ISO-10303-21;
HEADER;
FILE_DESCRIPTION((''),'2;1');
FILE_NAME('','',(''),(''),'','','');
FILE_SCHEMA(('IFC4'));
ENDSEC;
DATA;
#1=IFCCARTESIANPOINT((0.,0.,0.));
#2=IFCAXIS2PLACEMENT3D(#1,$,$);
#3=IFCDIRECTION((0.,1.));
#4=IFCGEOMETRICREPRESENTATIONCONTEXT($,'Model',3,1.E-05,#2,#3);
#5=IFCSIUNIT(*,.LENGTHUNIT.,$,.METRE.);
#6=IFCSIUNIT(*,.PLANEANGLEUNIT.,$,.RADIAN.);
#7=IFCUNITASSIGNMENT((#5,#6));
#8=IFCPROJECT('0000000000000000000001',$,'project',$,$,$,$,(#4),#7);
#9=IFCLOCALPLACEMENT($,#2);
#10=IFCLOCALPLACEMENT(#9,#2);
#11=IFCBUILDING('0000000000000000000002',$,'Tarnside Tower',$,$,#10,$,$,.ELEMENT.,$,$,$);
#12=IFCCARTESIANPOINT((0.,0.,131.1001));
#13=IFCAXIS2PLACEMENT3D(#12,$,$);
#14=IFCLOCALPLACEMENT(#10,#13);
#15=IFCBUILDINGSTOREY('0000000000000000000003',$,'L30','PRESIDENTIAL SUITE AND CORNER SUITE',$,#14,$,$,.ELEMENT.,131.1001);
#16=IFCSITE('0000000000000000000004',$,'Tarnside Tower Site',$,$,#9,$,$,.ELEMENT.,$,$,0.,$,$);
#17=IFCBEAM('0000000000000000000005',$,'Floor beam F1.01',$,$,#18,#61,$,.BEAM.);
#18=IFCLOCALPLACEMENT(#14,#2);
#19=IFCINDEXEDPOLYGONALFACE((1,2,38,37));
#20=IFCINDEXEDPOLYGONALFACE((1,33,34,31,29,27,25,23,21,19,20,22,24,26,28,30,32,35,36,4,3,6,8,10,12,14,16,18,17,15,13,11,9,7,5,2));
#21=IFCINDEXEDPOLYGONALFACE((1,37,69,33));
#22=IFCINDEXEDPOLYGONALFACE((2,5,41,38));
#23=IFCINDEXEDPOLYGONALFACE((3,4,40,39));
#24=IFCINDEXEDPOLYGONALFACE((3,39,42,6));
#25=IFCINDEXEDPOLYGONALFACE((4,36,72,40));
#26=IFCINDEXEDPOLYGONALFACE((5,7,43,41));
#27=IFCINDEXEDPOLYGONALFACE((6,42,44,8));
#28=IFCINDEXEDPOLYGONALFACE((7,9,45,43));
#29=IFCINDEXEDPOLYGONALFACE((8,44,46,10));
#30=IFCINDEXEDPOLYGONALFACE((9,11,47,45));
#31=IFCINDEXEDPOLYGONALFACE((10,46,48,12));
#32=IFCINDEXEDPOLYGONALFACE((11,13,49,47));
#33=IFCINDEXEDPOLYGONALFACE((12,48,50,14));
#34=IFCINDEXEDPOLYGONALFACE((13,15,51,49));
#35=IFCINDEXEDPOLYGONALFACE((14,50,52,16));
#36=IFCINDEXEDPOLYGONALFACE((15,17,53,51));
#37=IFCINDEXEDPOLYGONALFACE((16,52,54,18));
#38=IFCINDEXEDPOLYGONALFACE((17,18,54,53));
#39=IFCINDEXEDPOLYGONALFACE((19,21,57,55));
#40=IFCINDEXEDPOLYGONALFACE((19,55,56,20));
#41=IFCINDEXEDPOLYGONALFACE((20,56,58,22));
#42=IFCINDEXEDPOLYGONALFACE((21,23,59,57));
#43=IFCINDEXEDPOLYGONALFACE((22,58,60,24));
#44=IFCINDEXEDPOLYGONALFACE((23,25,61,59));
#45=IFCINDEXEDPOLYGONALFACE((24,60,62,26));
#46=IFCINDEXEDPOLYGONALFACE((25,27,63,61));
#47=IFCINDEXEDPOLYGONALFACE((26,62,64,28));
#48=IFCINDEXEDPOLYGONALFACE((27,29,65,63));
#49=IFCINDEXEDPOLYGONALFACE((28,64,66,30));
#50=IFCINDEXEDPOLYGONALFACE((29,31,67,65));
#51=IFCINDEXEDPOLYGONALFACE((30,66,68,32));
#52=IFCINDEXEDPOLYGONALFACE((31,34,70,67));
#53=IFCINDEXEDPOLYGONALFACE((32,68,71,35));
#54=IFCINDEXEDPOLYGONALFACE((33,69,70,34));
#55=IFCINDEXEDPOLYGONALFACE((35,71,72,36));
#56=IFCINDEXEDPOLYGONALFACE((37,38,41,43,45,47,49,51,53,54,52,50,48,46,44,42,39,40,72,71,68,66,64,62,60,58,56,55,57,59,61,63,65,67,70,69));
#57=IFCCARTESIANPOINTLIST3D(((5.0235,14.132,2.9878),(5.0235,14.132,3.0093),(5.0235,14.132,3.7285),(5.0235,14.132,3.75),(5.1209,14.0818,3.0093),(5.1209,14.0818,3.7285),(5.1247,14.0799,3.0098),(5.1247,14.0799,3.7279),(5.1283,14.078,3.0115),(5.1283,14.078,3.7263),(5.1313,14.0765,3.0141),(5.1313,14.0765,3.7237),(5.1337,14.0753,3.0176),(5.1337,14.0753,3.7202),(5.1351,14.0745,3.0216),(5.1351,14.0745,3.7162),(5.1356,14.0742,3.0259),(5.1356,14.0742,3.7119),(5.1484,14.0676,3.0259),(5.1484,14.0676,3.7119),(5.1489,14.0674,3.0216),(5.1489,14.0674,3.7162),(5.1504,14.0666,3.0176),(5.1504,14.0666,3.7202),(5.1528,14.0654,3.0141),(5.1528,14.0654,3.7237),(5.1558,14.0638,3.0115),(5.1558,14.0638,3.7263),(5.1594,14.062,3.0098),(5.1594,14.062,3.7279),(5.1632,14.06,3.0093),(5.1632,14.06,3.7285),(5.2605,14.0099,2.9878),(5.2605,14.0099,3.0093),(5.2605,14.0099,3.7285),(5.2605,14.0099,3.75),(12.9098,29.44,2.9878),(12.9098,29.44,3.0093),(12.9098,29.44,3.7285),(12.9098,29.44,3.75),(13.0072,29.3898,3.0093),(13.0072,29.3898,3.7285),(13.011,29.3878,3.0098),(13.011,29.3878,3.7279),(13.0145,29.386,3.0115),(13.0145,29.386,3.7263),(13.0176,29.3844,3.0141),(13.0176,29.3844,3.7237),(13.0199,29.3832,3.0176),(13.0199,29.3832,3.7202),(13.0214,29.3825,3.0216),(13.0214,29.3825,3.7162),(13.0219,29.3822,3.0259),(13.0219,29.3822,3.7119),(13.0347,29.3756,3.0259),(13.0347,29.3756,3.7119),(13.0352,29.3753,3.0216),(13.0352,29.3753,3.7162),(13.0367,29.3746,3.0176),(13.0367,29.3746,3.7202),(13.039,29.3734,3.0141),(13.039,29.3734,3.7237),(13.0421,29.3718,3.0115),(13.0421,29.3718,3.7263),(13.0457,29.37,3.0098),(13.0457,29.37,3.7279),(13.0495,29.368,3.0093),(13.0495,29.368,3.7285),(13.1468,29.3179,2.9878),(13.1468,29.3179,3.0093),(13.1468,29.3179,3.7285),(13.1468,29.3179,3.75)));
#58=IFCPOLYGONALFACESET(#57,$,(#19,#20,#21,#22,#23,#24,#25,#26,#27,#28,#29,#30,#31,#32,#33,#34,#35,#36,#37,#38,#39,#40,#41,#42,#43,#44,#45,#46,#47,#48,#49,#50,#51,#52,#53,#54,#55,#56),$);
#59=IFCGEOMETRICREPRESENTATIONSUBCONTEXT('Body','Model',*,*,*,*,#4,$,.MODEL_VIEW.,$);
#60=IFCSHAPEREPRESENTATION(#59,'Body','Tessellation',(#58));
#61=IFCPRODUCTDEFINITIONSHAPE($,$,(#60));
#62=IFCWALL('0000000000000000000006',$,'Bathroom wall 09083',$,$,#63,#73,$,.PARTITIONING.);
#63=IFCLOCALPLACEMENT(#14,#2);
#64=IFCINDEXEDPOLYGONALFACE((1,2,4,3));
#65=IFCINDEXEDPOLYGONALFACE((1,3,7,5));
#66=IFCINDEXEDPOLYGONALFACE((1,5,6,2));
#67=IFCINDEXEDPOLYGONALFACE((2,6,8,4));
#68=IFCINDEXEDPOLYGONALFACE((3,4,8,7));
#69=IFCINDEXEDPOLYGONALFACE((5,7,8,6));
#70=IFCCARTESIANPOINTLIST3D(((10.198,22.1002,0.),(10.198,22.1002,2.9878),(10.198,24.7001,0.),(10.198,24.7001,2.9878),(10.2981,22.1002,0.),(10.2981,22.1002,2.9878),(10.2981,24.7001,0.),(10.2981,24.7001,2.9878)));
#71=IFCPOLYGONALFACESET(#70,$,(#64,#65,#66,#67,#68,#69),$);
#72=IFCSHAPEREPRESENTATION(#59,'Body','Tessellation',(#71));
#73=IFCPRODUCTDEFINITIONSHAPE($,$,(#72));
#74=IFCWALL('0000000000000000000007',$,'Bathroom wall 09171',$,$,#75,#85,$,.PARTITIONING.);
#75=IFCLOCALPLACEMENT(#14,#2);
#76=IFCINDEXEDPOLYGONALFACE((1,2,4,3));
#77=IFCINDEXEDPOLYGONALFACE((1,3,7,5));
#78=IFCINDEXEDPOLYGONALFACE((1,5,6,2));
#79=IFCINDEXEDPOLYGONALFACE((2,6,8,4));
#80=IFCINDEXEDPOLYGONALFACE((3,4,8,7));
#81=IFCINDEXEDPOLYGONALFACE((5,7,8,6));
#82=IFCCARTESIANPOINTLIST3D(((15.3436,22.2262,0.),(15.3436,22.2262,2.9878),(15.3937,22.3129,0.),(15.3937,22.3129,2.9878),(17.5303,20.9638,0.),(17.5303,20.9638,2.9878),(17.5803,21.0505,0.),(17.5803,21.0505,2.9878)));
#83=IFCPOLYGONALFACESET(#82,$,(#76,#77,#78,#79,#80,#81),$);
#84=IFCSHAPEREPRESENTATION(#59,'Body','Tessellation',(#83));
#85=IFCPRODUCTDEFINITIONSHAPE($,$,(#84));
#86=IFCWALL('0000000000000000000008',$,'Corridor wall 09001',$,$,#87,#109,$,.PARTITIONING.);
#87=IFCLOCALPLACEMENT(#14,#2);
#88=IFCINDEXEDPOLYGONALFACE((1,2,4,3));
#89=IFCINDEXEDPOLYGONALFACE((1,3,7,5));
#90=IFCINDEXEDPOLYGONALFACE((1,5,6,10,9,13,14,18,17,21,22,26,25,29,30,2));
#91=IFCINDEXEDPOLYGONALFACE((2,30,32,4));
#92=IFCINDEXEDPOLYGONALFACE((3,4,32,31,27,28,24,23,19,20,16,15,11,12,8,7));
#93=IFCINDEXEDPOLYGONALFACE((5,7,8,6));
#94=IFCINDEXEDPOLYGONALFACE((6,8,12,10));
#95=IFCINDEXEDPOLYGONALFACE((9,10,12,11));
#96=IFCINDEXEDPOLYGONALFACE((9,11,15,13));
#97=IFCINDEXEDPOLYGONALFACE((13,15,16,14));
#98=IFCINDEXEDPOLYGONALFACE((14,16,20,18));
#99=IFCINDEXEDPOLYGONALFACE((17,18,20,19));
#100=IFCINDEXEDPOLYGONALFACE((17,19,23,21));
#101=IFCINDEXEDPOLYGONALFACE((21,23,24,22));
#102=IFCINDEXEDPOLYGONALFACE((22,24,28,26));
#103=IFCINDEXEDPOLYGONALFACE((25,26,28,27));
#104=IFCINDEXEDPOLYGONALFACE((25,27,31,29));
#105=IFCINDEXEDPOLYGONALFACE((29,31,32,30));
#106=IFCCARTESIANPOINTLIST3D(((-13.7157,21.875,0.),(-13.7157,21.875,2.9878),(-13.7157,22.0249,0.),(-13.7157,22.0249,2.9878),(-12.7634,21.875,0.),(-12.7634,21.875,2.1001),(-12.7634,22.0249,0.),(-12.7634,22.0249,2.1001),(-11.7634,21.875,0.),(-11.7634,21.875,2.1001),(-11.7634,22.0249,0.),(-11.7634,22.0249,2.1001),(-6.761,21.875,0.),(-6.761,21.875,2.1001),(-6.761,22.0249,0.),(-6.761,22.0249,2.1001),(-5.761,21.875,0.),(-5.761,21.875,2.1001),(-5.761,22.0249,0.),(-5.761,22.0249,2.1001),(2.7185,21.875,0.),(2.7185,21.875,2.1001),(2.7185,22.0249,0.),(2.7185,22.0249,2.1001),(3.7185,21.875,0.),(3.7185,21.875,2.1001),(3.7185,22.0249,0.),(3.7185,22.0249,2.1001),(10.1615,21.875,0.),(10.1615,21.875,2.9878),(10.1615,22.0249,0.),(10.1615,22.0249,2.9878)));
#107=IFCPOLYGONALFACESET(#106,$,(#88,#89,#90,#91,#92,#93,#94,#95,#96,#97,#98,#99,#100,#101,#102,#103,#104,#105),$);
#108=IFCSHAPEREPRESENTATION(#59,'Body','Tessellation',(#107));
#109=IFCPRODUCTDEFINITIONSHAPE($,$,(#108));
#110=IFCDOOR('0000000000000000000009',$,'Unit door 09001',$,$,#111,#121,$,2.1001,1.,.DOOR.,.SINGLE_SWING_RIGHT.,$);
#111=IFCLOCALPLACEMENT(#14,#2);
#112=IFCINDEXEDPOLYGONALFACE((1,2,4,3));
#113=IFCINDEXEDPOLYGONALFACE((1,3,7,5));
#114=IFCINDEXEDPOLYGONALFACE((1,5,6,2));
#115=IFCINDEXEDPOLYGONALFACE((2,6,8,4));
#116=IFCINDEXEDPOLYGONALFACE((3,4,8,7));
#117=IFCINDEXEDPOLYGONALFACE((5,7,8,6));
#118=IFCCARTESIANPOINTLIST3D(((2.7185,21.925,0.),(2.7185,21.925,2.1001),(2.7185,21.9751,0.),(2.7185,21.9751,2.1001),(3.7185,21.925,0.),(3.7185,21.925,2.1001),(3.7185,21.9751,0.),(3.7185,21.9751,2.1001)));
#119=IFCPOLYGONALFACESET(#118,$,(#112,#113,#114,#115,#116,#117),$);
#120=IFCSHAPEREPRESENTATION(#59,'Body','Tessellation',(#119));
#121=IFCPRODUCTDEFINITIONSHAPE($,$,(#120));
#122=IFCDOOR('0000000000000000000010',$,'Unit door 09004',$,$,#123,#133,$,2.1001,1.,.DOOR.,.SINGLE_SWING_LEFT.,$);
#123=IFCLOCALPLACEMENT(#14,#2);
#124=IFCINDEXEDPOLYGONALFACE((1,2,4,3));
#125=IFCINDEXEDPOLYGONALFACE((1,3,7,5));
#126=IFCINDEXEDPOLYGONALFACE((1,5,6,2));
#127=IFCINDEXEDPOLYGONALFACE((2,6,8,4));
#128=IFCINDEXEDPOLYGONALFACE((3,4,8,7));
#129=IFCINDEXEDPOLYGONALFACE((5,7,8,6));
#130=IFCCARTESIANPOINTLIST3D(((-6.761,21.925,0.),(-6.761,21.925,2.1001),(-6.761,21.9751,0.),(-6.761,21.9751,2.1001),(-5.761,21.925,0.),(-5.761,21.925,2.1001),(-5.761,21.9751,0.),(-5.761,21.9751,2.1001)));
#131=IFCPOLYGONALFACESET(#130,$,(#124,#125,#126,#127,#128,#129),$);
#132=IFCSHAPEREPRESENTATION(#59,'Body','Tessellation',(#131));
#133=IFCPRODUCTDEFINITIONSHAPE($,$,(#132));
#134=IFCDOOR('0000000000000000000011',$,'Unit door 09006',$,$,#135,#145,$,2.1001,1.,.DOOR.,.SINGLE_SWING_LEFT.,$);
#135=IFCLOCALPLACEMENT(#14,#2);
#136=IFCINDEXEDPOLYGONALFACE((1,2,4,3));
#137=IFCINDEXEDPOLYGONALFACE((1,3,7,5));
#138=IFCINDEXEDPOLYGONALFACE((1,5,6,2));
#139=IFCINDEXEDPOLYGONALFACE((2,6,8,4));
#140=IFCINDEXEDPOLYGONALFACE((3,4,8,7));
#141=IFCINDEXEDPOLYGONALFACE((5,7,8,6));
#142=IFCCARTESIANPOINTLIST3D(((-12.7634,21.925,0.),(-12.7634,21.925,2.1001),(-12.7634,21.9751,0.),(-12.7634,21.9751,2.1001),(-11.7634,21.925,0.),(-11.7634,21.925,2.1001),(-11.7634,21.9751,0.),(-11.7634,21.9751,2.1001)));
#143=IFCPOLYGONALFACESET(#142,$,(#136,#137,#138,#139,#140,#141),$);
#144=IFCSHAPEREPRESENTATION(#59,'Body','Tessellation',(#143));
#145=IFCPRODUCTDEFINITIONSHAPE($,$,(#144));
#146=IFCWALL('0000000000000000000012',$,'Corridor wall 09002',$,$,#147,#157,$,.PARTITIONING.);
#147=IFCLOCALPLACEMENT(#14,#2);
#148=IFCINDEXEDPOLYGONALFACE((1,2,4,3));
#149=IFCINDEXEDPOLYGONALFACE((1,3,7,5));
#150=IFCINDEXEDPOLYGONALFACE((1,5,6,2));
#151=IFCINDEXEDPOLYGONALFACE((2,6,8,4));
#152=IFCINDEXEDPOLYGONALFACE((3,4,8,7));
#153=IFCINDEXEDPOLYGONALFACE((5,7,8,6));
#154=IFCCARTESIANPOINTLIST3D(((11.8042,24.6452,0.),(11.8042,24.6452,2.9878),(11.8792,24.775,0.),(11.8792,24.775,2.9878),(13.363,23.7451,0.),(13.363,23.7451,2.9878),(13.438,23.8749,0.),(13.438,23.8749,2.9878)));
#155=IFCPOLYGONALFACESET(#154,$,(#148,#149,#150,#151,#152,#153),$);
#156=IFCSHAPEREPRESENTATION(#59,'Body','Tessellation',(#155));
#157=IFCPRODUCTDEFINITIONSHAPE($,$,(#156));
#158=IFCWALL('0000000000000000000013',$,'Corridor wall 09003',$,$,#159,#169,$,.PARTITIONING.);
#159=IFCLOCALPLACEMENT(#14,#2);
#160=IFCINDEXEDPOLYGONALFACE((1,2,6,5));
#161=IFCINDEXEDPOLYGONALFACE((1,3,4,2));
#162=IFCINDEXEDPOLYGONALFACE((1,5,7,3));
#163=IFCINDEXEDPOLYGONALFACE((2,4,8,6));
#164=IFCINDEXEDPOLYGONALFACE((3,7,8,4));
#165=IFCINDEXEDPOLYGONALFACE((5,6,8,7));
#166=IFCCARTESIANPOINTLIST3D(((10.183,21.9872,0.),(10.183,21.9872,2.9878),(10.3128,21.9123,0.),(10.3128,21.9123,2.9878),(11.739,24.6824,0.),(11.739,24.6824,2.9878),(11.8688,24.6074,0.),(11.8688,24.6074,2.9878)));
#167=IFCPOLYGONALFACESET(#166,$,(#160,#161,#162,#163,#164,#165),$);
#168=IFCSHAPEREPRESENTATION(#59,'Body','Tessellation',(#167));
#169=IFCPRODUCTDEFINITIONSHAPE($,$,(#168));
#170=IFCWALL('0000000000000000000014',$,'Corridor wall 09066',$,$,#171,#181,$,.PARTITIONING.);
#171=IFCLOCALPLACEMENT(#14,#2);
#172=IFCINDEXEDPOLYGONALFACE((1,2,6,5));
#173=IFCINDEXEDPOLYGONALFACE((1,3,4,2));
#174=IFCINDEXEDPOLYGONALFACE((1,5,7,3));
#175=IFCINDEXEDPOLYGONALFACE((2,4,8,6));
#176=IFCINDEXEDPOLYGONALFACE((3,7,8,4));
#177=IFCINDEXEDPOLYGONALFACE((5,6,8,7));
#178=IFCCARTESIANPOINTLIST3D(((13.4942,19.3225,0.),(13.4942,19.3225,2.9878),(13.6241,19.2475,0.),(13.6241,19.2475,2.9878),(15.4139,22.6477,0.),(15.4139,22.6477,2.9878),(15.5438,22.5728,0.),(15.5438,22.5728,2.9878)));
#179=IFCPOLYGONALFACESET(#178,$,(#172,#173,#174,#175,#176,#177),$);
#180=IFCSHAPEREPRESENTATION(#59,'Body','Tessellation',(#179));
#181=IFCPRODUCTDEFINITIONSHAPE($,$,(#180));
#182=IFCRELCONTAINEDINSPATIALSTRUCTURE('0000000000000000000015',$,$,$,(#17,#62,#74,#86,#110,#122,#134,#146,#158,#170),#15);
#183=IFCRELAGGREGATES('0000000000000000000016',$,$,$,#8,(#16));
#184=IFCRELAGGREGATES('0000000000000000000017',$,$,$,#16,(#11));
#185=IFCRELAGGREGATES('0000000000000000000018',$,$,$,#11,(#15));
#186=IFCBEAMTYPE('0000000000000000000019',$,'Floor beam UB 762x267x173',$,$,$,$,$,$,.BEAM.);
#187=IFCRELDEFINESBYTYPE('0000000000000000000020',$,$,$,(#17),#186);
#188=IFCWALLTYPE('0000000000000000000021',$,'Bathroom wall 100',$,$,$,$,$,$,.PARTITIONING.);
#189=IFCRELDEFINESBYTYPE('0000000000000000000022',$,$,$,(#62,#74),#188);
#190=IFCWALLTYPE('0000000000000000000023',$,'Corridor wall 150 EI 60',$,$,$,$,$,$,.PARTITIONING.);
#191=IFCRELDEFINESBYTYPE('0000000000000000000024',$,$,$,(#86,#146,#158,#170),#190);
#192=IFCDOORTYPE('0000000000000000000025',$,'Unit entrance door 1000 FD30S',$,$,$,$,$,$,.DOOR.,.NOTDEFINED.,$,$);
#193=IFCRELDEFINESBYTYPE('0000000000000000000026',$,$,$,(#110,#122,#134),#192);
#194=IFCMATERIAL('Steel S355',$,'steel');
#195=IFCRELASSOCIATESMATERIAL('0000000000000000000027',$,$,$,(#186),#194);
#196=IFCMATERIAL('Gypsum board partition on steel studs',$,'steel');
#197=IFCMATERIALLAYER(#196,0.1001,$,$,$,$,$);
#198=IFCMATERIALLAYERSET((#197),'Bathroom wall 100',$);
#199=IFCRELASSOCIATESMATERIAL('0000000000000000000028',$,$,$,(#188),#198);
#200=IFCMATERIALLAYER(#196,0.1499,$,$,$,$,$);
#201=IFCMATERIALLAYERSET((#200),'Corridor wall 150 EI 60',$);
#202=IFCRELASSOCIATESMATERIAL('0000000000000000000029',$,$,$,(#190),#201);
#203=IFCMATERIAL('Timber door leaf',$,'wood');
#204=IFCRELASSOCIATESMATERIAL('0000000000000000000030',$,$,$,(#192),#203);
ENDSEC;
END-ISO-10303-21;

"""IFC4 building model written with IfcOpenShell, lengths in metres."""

from ifc_helpers import new_model, si_unit, direction, frame, frame_2d, origin, origin_2d, place, context, subcontext, project, spatial, rectangle, i_section, extrude, material, layer, layer_set, material_profile, profile_set, type_object, element, fill, save


model = new_model("IFC4")

# Units and contexts
model_context = context("Model", 3, precision=1e-05, world=origin(), true_north=direction((0.0, 1.0)))
body_context = subcontext(model_context, "Body", "Model", "MODEL_VIEW")
ifc_project = project(units=[si_unit("LENGTHUNIT", "METRE"), si_unit("PLANEANGLEUNIT", "RADIAN")], contexts=[model_context])

# Site, building, storey
site_placement = place(None, origin())
site = spatial("IfcSite", under=ifc_project, at=site_placement, Name="Tarnside Tower Site", CompositionType="ELEMENT", RefElevation=0.0)
building_placement = place(site_placement, origin())
building = spatial("IfcBuilding", under=site, at=building_placement, Name="Tarnside Tower", CompositionType="ELEMENT")
storey_placement = place(building_placement, frame((0.0, 0.0, 131.1001)))
storey = spatial("IfcBuildingStorey", under=building, at=storey_placement, Name="L30", Description="PRESIDENTIAL SUITE AND CORNER SUITE", CompositionType="ELEMENT", Elevation=131.1001)

# Beam
ifc_material_1 = material(Name="Steel S355", Category="steel")
ifc_material_profile = material_profile(ifc_material_1, i_section(OverallWidth=0.2666, OverallDepth=0.7622, WebThickness=0.0144, FlangeThickness=0.0215, FilletRadius=0.0166, at=origin_2d()), Name="UB 762x267x173")
ifc_profile_set = profile_set([ifc_material_profile], Name="Steel S355")
beam_type = type_object("IfcBeamType", Name="Floor beam UB 762x267x173", PredefinedType="BEAM", material=ifc_profile_set)
beam_placement = place(storey_placement, frame((13.0283, 29.3789, 3.3689), z_axis=(-0.457973, -0.888966, 0.0), x_axis=(0.888966, -0.457973, 0.0)))
element("IfcBeam", 1, at=beam_placement, inside=storey, type_object=beam_type, Name="Floor beam F1.01", PredefinedType="BEAM", context=body_context, shape_type="SweptSolid", body=[
    extrude(i_section(OverallWidth=0.2666, OverallDepth=0.7622, WebThickness=0.0144, FlangeThickness=0.0215, FilletRadius=0.0166, at=origin_2d()), origin(), (0.0, 0.0, 1.0), 17.22),
])

# Walls
ifc_material_2 = material(Name="Gypsum board partition on steel studs", Category="steel")
ifc_layer_1 = layer(ifc_material_2, 0.1001)
ifc_layer_set_1 = layer_set([ifc_layer_1], Name="Bathroom wall 100")
wall_type_1 = type_object("IfcWallType", Name="Bathroom wall 100", PredefinedType="PARTITIONING", material=ifc_layer_set_1)
wall_1_placement = place(storey_placement, frame((10.248, 24.7, 0.0), z_axis=(0.0, 0.0, 1.0), x_axis=(0.0, -1.0, 0.0)))
element("IfcWall", 2, at=wall_1_placement, inside=storey, type_object=wall_type_1, Name="Bathroom wall 09083", PredefinedType="PARTITIONING", context=body_context, shape_type="SweptSolid", body=[
    extrude(rectangle(XDim=2.5999, YDim=0.1001, at=frame_2d((1.2998, 0.0))), origin(), (0.0, 0.0, 1.0), 2.9878),
])
wall_2_placement = place(storey_placement, frame((15.3687, 22.2695, 0.0), z_axis=(0.0, 0.0, 1.0), x_axis=(0.866039, -0.499976, 0.0)))
element("IfcWall", 3, at=wall_2_placement, inside=storey, type_object=wall_type_1, Name="Bathroom wall 09171", PredefinedType="PARTITIONING", context=body_context, shape_type="SweptSolid", body=[
    extrude(rectangle(XDim=2.5249, YDim=0.1001, at=frame_2d((1.2625, 0.0))), origin(), (0.0, 0.0, 1.0), 2.9878),
])

# Wall, openings, doors
ifc_layer_2 = layer(ifc_material_2, 0.1499)
ifc_layer_set_2 = layer_set([ifc_layer_2], Name="Corridor wall 150 EI 60")
wall_type_2 = type_object("IfcWallType", Name="Corridor wall 150 EI 60", PredefinedType="PARTITIONING", material=ifc_layer_set_2)
wall_3_placement = place(storey_placement, frame((10.1614, 21.95, 0.0), z_axis=(0.0, 0.0, 1.0), x_axis=(-1.0, 0.0, 0.0)))
wall_3 = element("IfcWall", 4, at=wall_3_placement, inside=storey, type_object=wall_type_2, Name="Corridor wall 09001", PredefinedType="PARTITIONING", context=body_context, shape_type="SweptSolid", body=[
    extrude(rectangle(XDim=23.8772, YDim=0.1499, at=frame_2d((11.9385, 0.0))), origin(), (0.0, 0.0, 1.0), 2.9878),
])
opening_1_placement = place(wall_3_placement, frame((6.4429, 0.0, 0.0)))
opening_1 = element("IfcOpeningElement", 5, at=opening_1_placement, cuts=wall_3, PredefinedType="OPENING", context=body_context, shape_type="SweptSolid", body=[
    extrude(rectangle(XDim=1.0, YDim=2.1001, at=frame_2d((0.5, 1.05))), frame((0.0, 0.085, 0.0), z_axis=(0.0, -1.0, 0.0), x_axis=(1.0, 0.0, 0.0)), (0.0, 0.0, 1.0), 0.1699),
])
opening_2_placement = place(wall_3_placement, frame((15.9224, 0.0, 0.0)))
opening_2 = element("IfcOpeningElement", 6, at=opening_2_placement, cuts=wall_3, PredefinedType="OPENING", context=body_context, shape_type="SweptSolid", body=[
    extrude(rectangle(XDim=1.0, YDim=2.1001, at=frame_2d((0.5, 1.05))), frame((0.0, 0.085, 0.0), z_axis=(0.0, -1.0, 0.0), x_axis=(1.0, 0.0, 0.0)), (0.0, 0.0, 1.0), 0.1699),
])
opening_3_placement = place(wall_3_placement, frame((21.9248, 0.0, 0.0)))
opening_3 = element("IfcOpeningElement", 7, at=opening_3_placement, cuts=wall_3, PredefinedType="OPENING", context=body_context, shape_type="SweptSolid", body=[
    extrude(rectangle(XDim=1.0, YDim=2.1001, at=frame_2d((0.5, 1.05))), frame((0.0, 0.085, 0.0), z_axis=(0.0, -1.0, 0.0), x_axis=(1.0, 0.0, 0.0)), (0.0, 0.0, 1.0), 0.1699),
])
ifc_material_3 = material(Name="Timber door leaf", Category="wood")
door_type = type_object("IfcDoorType", Name="Unit entrance door 1000 FD30S", OperationType="NOTDEFINED", PredefinedType="DOOR", material=ifc_material_3)
door_1_placement = place(opening_1_placement, origin())
door_1 = element("IfcDoor", 8, at=door_1_placement, inside=storey, type_object=door_type, Name="Unit door 09001", OperationType="SINGLE_SWING_RIGHT", OverallHeight=2.1001, OverallWidth=1.0, PredefinedType="DOOR", context=body_context, shape_type="SweptSolid", body=[
    extrude(rectangle(XDim=1.0, YDim=2.1001, at=frame_2d((0.5, 1.05))), frame((0.0, 0.0249, 0.0), z_axis=(0.0, -1.0, 0.0), x_axis=(1.0, 0.0, 0.0)), (0.0, 0.0, 1.0), 0.05),
])
fill(opening_1, door_1)
door_2_placement = place(opening_2_placement, origin())
door_2 = element("IfcDoor", 9, at=door_2_placement, inside=storey, type_object=door_type, Name="Unit door 09004", OperationType="SINGLE_SWING_LEFT", OverallHeight=2.1001, OverallWidth=1.0, PredefinedType="DOOR", context=body_context, shape_type="SweptSolid", body=[
    extrude(rectangle(XDim=1.0, YDim=2.1001, at=frame_2d((0.5, 1.05))), frame((0.0, 0.0249, 0.0), z_axis=(0.0, -1.0, 0.0), x_axis=(1.0, 0.0, 0.0)), (0.0, 0.0, 1.0), 0.05),
])
fill(opening_2, door_2)
door_3_placement = place(opening_3_placement, origin())
door_3 = element("IfcDoor", 10, at=door_3_placement, inside=storey, type_object=door_type, Name="Unit door 09006", OperationType="SINGLE_SWING_LEFT", OverallHeight=2.1001, OverallWidth=1.0, PredefinedType="DOOR", context=body_context, shape_type="SweptSolid", body=[
    extrude(rectangle(XDim=1.0, YDim=2.1001, at=frame_2d((0.5, 1.05))), frame((0.0, 0.0249, 0.0), z_axis=(0.0, -1.0, 0.0), x_axis=(1.0, 0.0, 0.0)), (0.0, 0.0, 1.0), 0.05),
])
fill(opening_3, door_3)

# Walls
wall_4_placement = place(storey_placement, frame((13.4004, 23.8101, 0.0), z_axis=(0.0, 0.0, 1.0), x_axis=(-0.865989, 0.500063, 0.0)))
element("IfcWall", 11, at=wall_4_placement, inside=storey, type_object=wall_type_2, Name="Corridor wall 09002", PredefinedType="PARTITIONING", context=body_context, shape_type="SweptSolid", body=[
    extrude(rectangle(XDim=1.8, YDim=0.1499, at=frame_2d((0.8999, 0.0))), origin(), (0.0, 0.0, 1.0), 2.9878),
])
wall_5_placement = place(storey_placement, frame((11.804, 24.645, 0.0), z_axis=(0.0, 0.0, 1.0), x_axis=(-0.499978, -0.866038, 0.0)))
element("IfcWall", 12, at=wall_5_placement, inside=storey, type_object=wall_type_2, Name="Corridor wall 09003", PredefinedType="PARTITIONING", context=body_context, shape_type="SweptSolid", body=[
    extrude(rectangle(XDim=3.1121, YDim=0.1499, at=frame_2d((1.5562, 0.0))), origin(), (0.0, 0.0, 1.0), 2.9878),
])
wall_6_placement = place(storey_placement, frame((13.5591, 19.2849, 0.0), z_axis=(0.0, 0.0, 1.0), x_axis=(0.499976, 0.866039, 0.0)))
element("IfcWall", 13, at=wall_6_placement, inside=storey, type_object=wall_type_2, Name="Corridor wall 09066", PredefinedType="PARTITIONING", context=body_context, shape_type="SweptSolid", body=[
    extrude(rectangle(XDim=3.8396, YDim=0.1499, at=frame_2d((1.9199, 0.0))), origin(), (0.0, 0.0, 1.0), 2.9878),
])

save(model, "model.ifc")
